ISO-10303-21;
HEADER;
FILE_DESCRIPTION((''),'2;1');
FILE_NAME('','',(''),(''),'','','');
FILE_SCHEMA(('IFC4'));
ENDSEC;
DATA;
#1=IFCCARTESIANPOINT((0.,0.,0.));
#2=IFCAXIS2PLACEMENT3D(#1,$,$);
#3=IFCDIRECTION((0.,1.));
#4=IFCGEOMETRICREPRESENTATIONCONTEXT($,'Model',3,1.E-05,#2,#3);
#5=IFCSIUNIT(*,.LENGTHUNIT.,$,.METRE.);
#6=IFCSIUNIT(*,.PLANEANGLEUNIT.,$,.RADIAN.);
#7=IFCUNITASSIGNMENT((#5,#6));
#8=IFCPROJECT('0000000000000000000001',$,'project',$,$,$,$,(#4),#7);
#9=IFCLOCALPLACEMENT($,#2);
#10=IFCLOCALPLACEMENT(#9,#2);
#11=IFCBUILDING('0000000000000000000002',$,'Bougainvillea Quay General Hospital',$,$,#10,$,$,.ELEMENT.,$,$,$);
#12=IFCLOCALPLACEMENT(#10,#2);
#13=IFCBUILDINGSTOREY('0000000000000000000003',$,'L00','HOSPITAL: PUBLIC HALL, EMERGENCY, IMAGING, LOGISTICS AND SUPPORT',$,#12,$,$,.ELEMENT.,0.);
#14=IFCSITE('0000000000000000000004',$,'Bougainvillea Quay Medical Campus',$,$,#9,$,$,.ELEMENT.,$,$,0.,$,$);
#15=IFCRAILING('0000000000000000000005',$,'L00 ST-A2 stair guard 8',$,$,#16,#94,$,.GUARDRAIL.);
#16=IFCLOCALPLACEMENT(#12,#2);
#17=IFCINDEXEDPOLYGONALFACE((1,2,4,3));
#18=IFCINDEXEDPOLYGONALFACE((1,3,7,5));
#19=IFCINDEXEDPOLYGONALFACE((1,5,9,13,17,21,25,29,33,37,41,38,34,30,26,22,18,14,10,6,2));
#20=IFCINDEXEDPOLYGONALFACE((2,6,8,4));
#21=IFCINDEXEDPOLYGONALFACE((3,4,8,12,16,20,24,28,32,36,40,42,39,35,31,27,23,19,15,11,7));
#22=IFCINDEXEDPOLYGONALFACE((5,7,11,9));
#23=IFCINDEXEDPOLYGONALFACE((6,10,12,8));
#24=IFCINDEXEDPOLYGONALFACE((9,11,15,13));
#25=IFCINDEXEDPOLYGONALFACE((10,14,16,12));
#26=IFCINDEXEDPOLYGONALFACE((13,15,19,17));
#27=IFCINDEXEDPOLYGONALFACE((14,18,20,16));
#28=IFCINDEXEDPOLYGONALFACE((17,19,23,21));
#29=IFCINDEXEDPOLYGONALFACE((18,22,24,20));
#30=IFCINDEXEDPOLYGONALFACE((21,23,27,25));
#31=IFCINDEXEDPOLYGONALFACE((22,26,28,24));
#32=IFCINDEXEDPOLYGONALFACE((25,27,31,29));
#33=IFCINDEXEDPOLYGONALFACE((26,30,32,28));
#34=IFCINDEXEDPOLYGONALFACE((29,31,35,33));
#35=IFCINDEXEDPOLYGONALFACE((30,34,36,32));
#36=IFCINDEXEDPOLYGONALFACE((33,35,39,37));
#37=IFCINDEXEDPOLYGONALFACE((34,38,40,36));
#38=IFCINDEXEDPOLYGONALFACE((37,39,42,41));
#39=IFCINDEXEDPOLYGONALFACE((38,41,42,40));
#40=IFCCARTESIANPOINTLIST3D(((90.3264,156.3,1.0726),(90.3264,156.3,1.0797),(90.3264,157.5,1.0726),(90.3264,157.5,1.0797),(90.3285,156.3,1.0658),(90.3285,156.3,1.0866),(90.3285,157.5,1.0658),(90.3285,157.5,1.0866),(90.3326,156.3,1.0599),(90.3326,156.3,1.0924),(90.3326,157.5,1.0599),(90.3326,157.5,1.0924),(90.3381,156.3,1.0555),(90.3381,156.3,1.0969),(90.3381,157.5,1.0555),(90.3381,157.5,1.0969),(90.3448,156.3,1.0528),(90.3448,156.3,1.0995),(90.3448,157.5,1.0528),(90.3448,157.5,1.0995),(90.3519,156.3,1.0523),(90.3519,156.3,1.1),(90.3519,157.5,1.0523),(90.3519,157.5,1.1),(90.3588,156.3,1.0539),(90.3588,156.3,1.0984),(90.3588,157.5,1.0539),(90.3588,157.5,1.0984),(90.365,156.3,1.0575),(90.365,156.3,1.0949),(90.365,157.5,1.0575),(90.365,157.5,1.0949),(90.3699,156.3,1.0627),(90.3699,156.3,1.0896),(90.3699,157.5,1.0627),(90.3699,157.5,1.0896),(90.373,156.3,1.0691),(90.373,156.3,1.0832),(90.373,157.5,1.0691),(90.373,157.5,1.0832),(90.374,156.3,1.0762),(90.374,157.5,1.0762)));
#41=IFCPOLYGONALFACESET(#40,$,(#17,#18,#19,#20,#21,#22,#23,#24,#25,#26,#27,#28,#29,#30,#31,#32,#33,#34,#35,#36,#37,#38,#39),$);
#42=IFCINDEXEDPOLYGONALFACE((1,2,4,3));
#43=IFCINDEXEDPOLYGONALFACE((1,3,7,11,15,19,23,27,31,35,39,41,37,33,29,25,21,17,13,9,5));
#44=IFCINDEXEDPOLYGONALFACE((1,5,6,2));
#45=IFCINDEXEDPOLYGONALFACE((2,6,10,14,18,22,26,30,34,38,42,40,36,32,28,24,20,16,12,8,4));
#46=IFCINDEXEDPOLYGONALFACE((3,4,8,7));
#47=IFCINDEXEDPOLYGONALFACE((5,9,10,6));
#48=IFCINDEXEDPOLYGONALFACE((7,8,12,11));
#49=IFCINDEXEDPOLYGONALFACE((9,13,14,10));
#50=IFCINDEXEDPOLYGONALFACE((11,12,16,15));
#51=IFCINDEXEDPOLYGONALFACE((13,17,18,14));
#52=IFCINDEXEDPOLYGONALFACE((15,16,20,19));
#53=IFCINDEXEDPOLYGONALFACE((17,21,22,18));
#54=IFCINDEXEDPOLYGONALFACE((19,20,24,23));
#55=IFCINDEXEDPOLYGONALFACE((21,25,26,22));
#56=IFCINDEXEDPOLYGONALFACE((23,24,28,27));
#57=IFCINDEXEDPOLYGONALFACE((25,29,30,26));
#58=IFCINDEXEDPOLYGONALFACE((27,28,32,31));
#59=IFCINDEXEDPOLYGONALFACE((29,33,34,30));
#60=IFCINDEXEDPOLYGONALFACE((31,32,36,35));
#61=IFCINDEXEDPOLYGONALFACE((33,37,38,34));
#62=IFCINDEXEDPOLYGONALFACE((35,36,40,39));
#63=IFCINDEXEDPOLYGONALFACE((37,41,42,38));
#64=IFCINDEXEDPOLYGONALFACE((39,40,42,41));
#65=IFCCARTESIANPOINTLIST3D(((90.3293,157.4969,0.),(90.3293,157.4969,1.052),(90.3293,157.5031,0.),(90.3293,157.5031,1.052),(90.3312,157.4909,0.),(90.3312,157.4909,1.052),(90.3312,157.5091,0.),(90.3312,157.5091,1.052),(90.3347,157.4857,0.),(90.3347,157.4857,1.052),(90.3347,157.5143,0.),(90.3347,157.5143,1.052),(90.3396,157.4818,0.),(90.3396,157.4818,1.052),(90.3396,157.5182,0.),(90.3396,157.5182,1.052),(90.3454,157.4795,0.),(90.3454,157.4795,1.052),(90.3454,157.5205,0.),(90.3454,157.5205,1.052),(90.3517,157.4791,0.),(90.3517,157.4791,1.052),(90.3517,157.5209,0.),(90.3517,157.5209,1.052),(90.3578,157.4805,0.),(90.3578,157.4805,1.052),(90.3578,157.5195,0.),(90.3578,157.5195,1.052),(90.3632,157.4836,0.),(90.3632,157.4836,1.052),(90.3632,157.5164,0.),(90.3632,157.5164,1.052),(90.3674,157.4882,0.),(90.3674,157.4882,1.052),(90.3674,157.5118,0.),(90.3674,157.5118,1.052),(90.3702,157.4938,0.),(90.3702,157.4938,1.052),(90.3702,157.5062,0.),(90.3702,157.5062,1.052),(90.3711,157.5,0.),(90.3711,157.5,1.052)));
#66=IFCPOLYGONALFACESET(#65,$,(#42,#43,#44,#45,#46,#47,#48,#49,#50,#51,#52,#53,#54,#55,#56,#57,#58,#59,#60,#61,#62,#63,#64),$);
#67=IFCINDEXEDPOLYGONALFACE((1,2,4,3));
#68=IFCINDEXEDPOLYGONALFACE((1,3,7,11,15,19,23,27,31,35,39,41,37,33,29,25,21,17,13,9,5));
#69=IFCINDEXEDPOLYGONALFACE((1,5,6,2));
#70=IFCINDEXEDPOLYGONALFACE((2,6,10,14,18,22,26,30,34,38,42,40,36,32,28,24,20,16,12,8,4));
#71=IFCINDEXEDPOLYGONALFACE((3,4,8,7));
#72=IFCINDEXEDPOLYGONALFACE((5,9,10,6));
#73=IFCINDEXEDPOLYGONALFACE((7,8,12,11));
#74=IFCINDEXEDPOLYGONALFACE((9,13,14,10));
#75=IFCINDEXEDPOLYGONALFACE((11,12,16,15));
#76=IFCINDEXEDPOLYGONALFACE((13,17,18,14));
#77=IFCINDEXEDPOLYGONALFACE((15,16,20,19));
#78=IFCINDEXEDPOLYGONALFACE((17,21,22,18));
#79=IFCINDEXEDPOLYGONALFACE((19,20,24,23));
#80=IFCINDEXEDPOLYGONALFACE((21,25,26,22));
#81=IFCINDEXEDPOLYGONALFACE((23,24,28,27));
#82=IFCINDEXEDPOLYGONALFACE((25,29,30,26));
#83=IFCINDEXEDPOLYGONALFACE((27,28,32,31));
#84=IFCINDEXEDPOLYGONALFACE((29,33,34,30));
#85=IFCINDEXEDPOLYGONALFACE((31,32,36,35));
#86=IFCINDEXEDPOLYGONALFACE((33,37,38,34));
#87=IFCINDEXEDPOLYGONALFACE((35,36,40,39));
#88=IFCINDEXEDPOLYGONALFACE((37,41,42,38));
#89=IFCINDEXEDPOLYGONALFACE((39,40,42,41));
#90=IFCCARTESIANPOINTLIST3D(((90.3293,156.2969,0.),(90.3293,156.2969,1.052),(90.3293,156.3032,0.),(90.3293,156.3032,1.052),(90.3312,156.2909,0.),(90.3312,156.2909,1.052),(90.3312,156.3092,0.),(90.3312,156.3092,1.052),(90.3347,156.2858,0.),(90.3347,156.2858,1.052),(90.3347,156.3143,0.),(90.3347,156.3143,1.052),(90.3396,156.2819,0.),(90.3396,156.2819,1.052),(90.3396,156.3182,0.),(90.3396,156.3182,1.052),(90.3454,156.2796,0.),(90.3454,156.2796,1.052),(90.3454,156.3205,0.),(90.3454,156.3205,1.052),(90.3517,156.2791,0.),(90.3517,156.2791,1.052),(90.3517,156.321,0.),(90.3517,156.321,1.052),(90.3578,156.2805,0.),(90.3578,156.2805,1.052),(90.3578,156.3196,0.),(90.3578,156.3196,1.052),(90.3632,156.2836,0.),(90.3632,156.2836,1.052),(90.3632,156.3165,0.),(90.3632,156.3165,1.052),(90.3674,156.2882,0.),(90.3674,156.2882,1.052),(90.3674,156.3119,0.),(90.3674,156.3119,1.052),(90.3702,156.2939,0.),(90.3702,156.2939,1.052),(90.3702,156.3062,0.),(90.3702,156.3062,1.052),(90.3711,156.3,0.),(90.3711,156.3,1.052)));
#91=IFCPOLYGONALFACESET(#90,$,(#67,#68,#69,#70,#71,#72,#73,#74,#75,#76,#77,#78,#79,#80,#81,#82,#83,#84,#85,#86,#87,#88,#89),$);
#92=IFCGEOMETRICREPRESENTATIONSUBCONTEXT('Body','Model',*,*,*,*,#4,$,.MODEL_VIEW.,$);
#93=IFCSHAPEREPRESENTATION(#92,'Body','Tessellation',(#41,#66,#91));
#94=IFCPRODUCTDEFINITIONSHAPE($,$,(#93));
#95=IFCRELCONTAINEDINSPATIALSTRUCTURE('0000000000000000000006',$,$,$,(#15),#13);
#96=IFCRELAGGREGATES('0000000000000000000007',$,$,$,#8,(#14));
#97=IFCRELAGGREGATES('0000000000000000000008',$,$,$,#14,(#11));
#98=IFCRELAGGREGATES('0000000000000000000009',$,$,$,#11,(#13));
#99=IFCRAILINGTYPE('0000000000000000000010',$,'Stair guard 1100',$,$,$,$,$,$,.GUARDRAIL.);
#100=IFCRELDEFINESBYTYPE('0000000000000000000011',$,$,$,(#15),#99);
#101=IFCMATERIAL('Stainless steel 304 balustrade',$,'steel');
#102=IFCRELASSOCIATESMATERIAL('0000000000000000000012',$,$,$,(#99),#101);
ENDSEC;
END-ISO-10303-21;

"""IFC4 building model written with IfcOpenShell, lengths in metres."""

from ifc_helpers import new_model, si_unit, direction, frame, origin, origin_2d, place, context, subcontext, project, spatial, circle, extrude, material, type_object, element, save


model = new_model("IFC4")

# Units and contexts
model_context = context("Model", 3, precision=1e-05, world=origin(), true_north=direction((0.0, 1.0)))
body_context = subcontext(model_context, "Body", "Model", "MODEL_VIEW")
ifc_project = project(units=[si_unit("LENGTHUNIT", "METRE"), si_unit("PLANEANGLEUNIT", "RADIAN")], contexts=[model_context])

# Site, building, storey
site_placement = place(None, origin())
site = spatial("IfcSite", under=ifc_project, at=site_placement, Name="Bougainvillea Quay Medical Campus", CompositionType="ELEMENT", RefElevation=0.0)
building_placement = place(site_placement, origin())
building = spatial("IfcBuilding", under=site, at=building_placement, Name="Bougainvillea Quay General Hospital", CompositionType="ELEMENT")
storey_placement = place(building_placement, origin())
storey = spatial("IfcBuildingStorey", under=building, at=storey_placement, Name="L00", Description="HOSPITAL: PUBLIC HALL, EMERGENCY, IMAGING, LOGISTICS AND SUPPORT", CompositionType="ELEMENT", Elevation=0.0)

# Railing
ifc_material_1 = material(Name="Stainless steel 304 balustrade", Category="steel")
railing_type_1 = type_object("IfcRailingType", Name="Stair guard 1100", PredefinedType="GUARDRAIL", material=ifc_material_1)
railing_1_placement = place(storey_placement, frame((90.3501, 157.5, 0.0)))
element("IfcRailing", 1, at=railing_1_placement, inside=storey, type_object=railing_type_1, Name="L00 ST-A2 stair guard 8", PredefinedType="GUARDRAIL", context=body_context, shape_type="SweptSolid", body=[
    extrude(circle(Radius=0.0239, at=origin_2d()), frame((0.0, 0.0, 1.0762), z_axis=(0.0, -1.0, 0.0), x_axis=(1.0, 0.0, 0.0)), (0.0, 0.0, 1.0), 1.2),
    extrude(circle(Radius=0.021, at=origin_2d()), origin(), (0.0, 0.0, 1.0), 1.052),
    extrude(circle(Radius=0.021, at=origin_2d()), frame((0.0, -1.2, 0.0)), (0.0, 0.0, 1.0), 1.052),
])

save(model, "model.ifc")
